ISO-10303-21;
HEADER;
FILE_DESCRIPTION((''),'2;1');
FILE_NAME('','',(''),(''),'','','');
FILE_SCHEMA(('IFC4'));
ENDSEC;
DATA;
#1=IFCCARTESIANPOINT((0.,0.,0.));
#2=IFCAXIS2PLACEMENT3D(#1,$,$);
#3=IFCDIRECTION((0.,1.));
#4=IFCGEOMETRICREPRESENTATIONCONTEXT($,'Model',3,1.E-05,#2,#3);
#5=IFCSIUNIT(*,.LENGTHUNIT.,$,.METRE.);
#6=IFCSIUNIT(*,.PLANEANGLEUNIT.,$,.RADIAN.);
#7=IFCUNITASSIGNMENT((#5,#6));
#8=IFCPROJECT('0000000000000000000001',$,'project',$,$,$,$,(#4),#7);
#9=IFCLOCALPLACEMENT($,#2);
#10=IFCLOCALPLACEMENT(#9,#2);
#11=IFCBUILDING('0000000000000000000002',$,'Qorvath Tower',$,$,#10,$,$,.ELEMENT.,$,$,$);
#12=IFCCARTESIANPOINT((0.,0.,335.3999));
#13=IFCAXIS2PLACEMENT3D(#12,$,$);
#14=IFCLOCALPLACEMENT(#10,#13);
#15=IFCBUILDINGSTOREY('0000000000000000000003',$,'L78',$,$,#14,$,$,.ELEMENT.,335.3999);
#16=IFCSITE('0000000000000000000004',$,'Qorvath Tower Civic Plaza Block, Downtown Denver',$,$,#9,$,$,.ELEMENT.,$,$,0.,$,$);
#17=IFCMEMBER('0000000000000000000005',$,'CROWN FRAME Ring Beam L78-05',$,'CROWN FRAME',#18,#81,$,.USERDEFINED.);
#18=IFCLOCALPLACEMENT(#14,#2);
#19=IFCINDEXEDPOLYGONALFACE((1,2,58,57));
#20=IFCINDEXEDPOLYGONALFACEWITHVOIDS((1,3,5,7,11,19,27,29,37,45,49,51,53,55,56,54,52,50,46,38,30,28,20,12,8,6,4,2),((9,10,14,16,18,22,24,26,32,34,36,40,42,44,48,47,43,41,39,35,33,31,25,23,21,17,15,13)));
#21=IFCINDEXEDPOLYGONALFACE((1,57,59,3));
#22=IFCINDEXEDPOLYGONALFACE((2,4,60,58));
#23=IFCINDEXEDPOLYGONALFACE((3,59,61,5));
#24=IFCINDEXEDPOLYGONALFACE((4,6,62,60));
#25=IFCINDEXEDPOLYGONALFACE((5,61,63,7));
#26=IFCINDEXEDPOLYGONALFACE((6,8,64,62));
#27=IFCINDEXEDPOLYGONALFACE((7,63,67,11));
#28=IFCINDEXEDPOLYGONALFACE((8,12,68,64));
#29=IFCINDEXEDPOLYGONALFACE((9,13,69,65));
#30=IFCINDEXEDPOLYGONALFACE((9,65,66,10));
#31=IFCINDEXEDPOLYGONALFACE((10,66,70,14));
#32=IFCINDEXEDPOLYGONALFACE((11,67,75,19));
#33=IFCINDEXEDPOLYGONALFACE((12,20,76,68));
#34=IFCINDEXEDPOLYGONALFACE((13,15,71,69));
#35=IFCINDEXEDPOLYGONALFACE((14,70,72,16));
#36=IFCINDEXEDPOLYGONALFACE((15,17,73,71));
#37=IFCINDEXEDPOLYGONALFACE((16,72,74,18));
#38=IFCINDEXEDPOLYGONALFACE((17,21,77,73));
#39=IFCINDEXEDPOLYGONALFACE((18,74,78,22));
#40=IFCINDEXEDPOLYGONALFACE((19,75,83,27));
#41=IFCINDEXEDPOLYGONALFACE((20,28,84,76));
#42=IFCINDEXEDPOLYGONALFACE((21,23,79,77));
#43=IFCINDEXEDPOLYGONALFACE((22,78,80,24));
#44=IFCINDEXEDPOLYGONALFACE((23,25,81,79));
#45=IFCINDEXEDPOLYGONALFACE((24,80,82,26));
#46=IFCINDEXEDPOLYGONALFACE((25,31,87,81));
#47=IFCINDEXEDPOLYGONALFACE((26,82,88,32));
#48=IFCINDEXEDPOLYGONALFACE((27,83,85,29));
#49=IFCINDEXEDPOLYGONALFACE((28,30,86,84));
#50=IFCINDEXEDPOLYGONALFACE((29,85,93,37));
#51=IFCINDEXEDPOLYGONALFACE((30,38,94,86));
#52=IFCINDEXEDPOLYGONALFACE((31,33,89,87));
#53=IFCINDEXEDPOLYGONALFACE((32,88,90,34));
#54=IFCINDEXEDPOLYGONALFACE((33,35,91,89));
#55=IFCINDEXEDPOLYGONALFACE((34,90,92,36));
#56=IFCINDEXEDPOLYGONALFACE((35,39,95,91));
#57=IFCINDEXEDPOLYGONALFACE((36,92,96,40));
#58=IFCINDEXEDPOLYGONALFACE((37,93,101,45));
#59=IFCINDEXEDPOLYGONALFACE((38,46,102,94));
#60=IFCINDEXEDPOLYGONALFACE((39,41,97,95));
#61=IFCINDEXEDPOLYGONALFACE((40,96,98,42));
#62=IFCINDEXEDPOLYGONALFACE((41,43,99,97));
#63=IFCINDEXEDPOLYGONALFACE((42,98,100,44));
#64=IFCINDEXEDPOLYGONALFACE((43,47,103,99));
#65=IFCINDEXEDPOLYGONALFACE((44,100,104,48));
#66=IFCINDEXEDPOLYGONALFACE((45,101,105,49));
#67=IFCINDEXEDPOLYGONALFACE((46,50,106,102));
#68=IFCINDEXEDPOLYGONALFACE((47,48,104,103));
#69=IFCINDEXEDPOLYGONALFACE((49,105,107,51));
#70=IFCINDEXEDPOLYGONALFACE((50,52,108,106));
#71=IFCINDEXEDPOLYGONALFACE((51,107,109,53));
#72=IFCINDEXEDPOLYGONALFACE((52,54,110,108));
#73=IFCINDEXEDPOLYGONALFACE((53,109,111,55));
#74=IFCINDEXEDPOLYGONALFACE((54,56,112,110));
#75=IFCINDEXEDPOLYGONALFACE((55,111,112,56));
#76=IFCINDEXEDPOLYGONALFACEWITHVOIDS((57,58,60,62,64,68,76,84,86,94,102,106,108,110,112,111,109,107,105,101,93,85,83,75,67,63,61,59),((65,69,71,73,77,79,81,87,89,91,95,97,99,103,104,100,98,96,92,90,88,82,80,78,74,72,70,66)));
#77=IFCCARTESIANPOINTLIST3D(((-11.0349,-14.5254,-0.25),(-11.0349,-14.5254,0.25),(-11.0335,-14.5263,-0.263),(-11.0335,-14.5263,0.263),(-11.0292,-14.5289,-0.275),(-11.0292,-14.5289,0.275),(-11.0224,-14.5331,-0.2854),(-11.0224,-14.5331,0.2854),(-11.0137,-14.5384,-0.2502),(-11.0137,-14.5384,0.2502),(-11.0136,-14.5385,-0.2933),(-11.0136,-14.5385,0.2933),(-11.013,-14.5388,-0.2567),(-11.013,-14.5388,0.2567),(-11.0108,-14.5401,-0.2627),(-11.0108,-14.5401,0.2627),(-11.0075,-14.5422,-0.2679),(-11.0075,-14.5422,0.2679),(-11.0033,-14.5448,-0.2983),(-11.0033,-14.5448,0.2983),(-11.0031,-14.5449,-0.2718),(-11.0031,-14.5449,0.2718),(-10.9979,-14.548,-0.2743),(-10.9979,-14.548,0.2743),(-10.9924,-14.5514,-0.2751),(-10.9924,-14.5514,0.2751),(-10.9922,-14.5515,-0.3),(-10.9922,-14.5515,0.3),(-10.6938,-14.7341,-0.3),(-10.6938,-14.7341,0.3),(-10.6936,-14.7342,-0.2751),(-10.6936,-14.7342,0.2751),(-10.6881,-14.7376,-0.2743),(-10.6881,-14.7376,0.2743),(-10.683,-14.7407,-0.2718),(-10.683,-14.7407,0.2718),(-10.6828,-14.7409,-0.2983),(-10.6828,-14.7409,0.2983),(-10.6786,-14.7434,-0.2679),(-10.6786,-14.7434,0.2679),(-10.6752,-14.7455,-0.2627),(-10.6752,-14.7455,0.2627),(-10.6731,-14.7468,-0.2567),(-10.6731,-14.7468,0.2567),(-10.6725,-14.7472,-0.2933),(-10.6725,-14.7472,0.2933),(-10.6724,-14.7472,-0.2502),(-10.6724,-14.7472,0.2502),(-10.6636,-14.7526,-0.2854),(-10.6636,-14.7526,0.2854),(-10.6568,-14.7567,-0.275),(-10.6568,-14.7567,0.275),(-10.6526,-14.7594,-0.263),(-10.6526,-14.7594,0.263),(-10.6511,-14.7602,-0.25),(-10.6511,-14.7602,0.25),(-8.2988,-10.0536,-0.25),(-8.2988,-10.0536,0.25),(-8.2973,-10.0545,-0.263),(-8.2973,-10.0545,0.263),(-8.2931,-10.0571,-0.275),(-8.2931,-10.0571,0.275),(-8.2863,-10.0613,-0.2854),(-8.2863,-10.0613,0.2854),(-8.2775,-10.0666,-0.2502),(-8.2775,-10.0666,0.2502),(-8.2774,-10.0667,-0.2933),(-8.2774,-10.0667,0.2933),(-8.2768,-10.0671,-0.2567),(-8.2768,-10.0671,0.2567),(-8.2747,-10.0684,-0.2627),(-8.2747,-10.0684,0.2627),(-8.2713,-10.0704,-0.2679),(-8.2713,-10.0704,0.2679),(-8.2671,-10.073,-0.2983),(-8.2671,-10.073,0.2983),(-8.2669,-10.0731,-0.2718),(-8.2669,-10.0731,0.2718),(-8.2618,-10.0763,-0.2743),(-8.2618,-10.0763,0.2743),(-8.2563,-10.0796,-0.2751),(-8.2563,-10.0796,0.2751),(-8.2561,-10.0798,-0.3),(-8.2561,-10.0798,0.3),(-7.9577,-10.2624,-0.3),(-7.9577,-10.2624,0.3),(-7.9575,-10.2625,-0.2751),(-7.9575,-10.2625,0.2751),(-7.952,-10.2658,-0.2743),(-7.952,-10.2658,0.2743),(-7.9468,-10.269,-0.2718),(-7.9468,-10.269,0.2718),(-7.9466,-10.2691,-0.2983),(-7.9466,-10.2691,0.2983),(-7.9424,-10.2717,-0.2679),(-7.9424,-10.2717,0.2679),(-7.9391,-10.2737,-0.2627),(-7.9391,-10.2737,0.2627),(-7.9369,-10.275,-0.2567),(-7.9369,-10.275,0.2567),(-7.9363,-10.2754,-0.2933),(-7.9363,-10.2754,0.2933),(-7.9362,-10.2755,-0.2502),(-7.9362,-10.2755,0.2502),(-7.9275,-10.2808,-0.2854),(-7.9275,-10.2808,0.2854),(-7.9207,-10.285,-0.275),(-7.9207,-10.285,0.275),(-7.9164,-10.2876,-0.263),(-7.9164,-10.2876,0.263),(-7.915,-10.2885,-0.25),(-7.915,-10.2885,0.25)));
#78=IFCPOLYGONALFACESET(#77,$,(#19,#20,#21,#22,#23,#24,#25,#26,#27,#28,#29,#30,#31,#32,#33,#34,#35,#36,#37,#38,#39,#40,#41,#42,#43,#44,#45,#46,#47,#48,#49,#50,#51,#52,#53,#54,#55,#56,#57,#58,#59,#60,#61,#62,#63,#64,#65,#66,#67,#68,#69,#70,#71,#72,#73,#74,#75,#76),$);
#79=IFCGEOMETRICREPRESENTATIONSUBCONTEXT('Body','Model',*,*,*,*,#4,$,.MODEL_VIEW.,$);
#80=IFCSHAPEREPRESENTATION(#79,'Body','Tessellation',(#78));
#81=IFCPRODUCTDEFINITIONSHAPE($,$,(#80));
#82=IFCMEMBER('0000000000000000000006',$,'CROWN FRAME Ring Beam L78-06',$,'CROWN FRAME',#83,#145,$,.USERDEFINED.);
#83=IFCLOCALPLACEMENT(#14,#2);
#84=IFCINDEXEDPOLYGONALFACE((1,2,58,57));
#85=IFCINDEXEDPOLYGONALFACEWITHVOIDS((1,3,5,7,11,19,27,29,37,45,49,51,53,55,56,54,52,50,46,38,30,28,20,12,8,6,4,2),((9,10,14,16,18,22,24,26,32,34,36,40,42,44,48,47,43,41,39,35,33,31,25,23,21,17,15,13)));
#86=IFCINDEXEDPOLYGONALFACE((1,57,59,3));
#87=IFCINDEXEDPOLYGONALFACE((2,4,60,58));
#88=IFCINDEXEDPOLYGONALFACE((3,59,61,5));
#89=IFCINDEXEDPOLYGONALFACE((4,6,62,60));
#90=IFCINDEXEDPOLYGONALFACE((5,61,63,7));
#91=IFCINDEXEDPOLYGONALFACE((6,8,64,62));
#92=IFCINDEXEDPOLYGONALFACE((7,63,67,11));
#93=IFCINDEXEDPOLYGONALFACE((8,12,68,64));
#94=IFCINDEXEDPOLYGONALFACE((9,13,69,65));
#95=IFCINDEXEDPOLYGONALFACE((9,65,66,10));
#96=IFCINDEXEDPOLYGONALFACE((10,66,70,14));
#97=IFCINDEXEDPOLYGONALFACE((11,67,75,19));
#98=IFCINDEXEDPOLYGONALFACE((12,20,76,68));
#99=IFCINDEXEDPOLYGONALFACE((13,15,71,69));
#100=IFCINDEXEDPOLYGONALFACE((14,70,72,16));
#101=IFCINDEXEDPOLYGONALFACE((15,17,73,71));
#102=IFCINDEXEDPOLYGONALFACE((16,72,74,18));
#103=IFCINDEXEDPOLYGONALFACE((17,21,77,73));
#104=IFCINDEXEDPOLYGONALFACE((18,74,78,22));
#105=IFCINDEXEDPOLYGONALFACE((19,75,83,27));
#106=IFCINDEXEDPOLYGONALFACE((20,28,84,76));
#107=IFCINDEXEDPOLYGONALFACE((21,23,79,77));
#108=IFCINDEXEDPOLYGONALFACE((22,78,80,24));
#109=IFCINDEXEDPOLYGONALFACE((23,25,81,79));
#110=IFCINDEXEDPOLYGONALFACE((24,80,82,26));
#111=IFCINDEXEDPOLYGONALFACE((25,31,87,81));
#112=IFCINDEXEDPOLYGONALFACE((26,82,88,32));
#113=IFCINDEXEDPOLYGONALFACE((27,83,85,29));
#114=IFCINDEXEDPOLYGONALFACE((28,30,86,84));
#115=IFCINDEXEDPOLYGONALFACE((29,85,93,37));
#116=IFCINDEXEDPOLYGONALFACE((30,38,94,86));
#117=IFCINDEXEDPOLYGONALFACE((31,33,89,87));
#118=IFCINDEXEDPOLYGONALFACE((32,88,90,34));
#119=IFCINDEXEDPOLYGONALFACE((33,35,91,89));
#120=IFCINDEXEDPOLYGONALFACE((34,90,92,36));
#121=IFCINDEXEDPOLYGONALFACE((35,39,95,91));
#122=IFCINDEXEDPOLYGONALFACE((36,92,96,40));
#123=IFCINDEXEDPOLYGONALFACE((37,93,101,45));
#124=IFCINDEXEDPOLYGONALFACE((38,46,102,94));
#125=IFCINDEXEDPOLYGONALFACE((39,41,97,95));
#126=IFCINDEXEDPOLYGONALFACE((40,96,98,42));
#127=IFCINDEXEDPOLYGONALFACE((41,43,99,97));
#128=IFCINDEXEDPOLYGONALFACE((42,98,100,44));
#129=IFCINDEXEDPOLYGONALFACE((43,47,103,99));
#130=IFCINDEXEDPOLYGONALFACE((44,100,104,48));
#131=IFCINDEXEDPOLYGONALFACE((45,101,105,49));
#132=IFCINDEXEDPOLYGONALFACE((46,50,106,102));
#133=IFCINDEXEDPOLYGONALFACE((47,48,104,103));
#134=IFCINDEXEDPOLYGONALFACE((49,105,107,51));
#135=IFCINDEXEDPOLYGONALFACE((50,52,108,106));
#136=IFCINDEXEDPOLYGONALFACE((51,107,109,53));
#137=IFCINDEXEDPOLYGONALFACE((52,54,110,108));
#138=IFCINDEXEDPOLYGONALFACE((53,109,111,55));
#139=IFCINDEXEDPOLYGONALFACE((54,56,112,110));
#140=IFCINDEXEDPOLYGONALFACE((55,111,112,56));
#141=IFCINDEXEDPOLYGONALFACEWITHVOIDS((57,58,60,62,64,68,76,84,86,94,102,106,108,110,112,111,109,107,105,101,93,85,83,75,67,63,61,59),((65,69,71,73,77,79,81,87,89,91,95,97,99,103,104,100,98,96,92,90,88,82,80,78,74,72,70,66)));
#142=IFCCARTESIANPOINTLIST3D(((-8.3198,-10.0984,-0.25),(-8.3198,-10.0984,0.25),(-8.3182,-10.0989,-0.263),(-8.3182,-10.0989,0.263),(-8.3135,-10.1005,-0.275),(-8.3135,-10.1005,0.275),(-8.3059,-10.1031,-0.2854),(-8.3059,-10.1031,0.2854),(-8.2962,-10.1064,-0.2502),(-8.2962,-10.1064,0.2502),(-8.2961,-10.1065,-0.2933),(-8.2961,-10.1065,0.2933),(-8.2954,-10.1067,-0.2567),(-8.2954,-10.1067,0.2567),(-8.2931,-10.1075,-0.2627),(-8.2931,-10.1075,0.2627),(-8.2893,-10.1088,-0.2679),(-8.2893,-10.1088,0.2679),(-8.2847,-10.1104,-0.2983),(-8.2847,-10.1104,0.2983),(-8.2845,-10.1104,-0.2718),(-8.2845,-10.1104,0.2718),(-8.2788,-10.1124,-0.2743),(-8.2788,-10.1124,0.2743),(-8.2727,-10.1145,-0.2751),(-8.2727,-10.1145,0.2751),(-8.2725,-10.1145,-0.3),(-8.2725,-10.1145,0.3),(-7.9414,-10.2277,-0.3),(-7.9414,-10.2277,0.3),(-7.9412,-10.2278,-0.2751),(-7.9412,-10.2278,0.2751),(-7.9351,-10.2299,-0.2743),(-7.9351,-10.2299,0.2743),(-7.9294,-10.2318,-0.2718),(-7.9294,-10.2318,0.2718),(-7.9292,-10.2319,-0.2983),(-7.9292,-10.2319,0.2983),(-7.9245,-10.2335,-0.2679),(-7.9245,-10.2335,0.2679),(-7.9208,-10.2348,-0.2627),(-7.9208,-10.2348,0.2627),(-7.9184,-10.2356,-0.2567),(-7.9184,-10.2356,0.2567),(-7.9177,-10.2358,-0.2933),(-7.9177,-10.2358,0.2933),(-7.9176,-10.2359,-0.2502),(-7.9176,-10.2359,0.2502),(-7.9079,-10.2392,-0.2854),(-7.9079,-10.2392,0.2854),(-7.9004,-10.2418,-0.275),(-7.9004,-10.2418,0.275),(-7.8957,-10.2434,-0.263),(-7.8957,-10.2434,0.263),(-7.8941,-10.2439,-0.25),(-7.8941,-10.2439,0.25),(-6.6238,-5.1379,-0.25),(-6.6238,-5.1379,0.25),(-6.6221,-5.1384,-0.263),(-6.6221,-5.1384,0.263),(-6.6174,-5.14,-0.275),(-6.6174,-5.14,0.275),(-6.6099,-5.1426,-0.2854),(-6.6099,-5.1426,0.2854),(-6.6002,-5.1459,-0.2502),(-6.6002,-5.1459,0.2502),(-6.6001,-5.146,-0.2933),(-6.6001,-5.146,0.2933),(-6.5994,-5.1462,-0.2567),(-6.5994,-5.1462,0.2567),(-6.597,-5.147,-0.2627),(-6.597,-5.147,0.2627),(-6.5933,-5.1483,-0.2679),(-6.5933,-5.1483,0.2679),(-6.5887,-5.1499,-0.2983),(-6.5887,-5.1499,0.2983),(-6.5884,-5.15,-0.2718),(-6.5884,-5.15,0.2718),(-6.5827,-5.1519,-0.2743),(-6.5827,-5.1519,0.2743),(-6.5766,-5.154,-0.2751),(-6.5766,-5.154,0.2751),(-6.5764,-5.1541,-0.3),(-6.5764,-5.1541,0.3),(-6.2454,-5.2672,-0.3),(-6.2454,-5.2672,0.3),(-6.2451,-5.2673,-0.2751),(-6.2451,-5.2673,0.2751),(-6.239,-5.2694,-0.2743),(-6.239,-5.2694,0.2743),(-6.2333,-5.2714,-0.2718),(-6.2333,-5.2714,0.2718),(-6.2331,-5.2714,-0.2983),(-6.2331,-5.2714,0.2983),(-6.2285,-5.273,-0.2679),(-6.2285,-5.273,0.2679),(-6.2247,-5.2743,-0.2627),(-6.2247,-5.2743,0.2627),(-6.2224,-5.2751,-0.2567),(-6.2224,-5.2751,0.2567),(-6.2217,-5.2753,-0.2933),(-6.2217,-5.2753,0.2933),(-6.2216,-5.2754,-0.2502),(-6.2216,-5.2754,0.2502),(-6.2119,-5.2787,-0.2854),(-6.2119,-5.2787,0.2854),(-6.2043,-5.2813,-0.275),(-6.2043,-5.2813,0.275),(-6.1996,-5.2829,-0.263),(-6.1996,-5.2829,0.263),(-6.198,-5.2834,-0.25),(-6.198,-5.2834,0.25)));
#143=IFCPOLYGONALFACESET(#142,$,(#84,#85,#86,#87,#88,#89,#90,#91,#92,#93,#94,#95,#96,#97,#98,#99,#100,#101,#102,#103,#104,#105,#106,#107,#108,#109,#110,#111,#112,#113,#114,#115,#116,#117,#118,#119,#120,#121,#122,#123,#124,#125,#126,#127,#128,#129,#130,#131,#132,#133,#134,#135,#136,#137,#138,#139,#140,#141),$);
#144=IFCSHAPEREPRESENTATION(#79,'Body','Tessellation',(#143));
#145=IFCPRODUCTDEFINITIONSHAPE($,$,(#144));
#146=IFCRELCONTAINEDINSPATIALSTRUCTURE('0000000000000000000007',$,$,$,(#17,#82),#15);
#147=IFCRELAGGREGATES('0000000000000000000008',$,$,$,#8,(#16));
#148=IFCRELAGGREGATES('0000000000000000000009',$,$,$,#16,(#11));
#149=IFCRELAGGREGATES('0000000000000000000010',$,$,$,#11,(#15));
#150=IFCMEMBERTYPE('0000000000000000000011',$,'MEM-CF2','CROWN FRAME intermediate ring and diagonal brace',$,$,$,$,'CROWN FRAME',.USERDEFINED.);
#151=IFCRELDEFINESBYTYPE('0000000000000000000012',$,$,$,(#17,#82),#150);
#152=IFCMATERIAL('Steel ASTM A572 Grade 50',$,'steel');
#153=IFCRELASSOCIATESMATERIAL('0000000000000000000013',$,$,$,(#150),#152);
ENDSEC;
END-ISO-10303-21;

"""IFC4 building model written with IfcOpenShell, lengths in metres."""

from ifc_helpers import new_model, si_unit, direction, frame, origin, origin_2d, place, context, subcontext, project, spatial, hollow_rectangle, extrude, material, material_profile, profile_set, type_object, element, save


model = new_model("IFC4")

# Units and contexts
model_context = context("Model", 3, precision=1e-05, world=origin(), true_north=direction((0.0, 1.0)))
body_context = subcontext(model_context, "Body", "Model", "MODEL_VIEW")
ifc_project = project(units=[si_unit("LENGTHUNIT", "METRE"), si_unit("PLANEANGLEUNIT", "RADIAN")], contexts=[model_context])

# Site, building, storey
site_placement = place(None, origin())
site = spatial("IfcSite", under=ifc_project, at=site_placement, Name="Qorvath Tower Civic Plaza Block, Downtown Denver", CompositionType="ELEMENT", RefElevation=0.0)
building_placement = place(site_placement, origin())
building = spatial("IfcBuilding", under=site, at=building_placement, Name="Qorvath Tower", CompositionType="ELEMENT")
storey_placement = place(building_placement, frame((0.0, 0.0, 335.3999)))
storey = spatial("IfcBuildingStorey", under=building, at=storey_placement, Name="L78", CompositionType="ELEMENT", Elevation=335.3999)

# Members
ifc_material_1 = material(Name="Steel ASTM A572 Grade 50", Category="steel")
ifc_material_profile_1 = material_profile(ifc_material_1, hollow_rectangle(XDim=0.45, YDim=0.6001, WallThickness=0.0249, InnerFilletRadius=0.0249, OuterFilletRadius=0.05, at=origin_2d()), Name="CROWN BOX 600x450x25")
ifc_profile_set_1 = profile_set([ifc_material_profile_1], Name="Steel ASTM A572 Grade 50")
member_type_1 = type_object("IfcMemberType", Name="MEM-CF2", Description="CROWN FRAME intermediate ring and diagonal brace", ElementType="CROWN FRAME", PredefinedType="USERDEFINED", material=ifc_profile_set_1)
for number, where, z_axis, x_axis, name in (
    (1, (-10.843, -14.6428, 0.0), (0.521921, 0.852994, 0.0), (-0.852994, 0.521921, 0.0), "CROWN FRAME Ring Beam L78-05"),
    (2, (-8.1069, -10.1711, 0.0), (0.323525, 0.94622, 0.0), (-0.94622, 0.323525, 0.0), "CROWN FRAME Ring Beam L78-06"),
):
    element("IfcMember", number, at=place(storey_placement, frame(where, z_axis=z_axis, x_axis=x_axis)), inside=storey, type_object=member_type_1, Name=name, ObjectType="CROWN FRAME", PredefinedType="USERDEFINED", context=body_context, shape_type="SweptSolid", body=[
        extrude(hollow_rectangle(XDim=0.45, YDim=0.6001, WallThickness=0.0249, InnerFilletRadius=0.0249, OuterFilletRadius=0.05, at=origin_2d()), origin(), (0.0, 0.0, 1.0), 5.2424),
    ])

save(model, "model.ifc")
